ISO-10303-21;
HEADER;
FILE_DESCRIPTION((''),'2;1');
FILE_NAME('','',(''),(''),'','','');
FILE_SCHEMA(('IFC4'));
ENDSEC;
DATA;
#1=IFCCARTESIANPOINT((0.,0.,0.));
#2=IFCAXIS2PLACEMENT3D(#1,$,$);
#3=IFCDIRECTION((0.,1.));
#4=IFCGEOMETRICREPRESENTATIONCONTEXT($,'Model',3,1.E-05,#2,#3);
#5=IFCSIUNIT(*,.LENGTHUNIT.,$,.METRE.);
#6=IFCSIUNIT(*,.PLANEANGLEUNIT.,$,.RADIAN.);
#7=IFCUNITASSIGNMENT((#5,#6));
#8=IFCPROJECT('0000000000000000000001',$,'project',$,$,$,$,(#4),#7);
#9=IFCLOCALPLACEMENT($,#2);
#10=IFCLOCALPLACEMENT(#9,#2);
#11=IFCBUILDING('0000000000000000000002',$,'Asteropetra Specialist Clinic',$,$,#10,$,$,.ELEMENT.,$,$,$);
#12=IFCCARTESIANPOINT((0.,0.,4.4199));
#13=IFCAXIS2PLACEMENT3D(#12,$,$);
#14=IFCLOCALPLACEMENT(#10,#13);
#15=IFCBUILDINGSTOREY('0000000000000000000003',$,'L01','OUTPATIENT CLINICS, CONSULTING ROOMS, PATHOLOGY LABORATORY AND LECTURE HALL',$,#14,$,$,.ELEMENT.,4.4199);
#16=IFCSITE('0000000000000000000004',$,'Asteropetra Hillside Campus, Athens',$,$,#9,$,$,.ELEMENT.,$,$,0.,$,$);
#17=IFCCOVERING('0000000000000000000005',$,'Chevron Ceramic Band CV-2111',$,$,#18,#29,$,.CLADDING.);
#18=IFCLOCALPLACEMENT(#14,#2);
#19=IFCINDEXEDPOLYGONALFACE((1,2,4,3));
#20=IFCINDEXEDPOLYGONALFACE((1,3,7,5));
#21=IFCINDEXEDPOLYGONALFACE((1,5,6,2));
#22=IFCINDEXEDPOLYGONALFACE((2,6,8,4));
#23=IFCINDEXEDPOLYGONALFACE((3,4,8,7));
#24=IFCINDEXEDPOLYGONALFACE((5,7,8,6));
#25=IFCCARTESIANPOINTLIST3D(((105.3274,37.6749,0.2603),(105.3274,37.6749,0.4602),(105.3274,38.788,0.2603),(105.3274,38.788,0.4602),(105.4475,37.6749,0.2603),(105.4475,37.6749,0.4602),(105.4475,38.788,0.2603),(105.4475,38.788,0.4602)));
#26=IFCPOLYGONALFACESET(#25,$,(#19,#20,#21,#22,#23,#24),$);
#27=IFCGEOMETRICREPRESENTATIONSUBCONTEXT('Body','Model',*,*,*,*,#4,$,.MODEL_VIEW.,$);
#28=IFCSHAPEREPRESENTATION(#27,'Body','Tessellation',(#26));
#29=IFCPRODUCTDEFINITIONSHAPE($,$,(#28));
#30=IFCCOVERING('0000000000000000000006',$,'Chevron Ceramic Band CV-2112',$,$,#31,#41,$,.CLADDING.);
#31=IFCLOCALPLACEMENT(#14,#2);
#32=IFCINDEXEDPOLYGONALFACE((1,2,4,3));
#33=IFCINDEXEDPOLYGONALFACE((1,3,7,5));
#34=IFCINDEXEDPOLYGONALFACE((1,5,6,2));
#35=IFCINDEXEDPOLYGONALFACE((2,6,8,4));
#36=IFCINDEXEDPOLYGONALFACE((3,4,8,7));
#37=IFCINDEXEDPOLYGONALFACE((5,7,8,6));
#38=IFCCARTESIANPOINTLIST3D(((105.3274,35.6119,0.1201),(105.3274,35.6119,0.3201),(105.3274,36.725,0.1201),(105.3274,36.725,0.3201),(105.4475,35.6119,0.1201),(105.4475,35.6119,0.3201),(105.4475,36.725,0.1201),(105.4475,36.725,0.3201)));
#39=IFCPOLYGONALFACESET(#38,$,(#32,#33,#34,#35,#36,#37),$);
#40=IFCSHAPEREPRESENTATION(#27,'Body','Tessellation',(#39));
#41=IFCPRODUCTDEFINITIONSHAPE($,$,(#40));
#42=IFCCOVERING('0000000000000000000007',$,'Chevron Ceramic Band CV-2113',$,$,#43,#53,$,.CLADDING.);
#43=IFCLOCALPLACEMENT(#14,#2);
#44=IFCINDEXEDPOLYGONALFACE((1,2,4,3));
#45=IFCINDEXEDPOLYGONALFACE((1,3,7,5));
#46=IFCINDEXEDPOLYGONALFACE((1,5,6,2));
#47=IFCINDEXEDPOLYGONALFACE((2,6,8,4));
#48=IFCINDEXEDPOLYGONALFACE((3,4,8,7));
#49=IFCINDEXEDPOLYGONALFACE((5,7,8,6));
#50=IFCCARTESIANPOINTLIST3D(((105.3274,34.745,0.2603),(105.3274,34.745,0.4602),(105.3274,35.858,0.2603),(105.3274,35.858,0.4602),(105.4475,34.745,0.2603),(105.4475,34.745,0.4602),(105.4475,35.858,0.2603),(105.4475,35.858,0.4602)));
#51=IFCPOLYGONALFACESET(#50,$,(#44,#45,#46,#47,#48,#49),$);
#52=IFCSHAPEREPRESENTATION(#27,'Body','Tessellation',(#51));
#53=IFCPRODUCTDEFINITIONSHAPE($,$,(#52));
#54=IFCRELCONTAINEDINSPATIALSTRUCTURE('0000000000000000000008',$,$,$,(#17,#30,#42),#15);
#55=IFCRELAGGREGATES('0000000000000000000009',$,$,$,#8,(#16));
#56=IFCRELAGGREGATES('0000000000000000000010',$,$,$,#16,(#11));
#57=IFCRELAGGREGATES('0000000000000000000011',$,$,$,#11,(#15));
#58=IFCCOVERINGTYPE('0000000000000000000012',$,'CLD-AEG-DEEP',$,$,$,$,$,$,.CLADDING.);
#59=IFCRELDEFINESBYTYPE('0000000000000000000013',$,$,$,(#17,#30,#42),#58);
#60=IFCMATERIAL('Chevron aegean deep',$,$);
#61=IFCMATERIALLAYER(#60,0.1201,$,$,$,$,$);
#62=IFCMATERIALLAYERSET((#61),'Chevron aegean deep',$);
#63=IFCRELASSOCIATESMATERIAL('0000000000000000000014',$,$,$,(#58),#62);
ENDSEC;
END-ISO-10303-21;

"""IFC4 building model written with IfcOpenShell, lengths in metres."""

from ifc_helpers import new_model, si_unit, direction, frame, origin, origin_2d, place, context, subcontext, project, spatial, rectangle, extrude, material, layer, layer_set, type_object, element, save


model = new_model("IFC4")

# Units and contexts
model_context = context("Model", 3, precision=1e-05, world=origin(), true_north=direction((0.0, 1.0)))
body_context = subcontext(model_context, "Body", "Model", "MODEL_VIEW")
ifc_project = project(units=[si_unit("LENGTHUNIT", "METRE"), si_unit("PLANEANGLEUNIT", "RADIAN")], contexts=[model_context])

# Site, building, storey
site_placement = place(None, origin())
site = spatial("IfcSite", under=ifc_project, at=site_placement, Name="Asteropetra Hillside Campus, Athens", CompositionType="ELEMENT", RefElevation=0.0)
building_placement = place(site_placement, origin())
building = spatial("IfcBuilding", under=site, at=building_placement, Name="Asteropetra Specialist Clinic", CompositionType="ELEMENT")
storey_placement = place(building_placement, frame((0.0, 0.0, 4.4199)))
storey = spatial("IfcBuildingStorey", under=building, at=storey_placement, Name="L01", Description="OUTPATIENT CLINICS, CONSULTING ROOMS, PATHOLOGY LABORATORY AND LECTURE HALL", CompositionType="ELEMENT", Elevation=4.4199)

# Coverings
ifc_material_1 = material(Name="Chevron aegean deep")
ifc_layer_1 = layer(ifc_material_1, 0.1201)
ifc_layer_set_1 = layer_set([ifc_layer_1], Name="Chevron aegean deep")
covering_type = type_object("IfcCoveringType", Name="CLD-AEG-DEEP", PredefinedType="CLADDING", material=ifc_layer_set_1)
for number, where, z_axis, x_axis, name in (
    (1, (105.3875, 38.2314, 0.2603), (0.0, 0.0, 1.0), (1.0, 0.0, 0.0), "Chevron Ceramic Band CV-2111"),
    (2, (105.3875, 36.1685, 0.1201), (0.0, 0.0, 1.0), (1.0, 0.0, 0.0), "Chevron Ceramic Band CV-2112"),
    (3, (105.3875, 35.3015, 0.2603), (0.0, 0.0, 1.0), (1.0, 0.0, 0.0), "Chevron Ceramic Band CV-2113"),
):
    element("IfcCovering", number, at=place(storey_placement, frame(where, z_axis=z_axis, x_axis=x_axis)), inside=storey, type_object=covering_type, Name=name, PredefinedType="CLADDING", context=body_context, shape_type="SweptSolid", body=[
        extrude(rectangle(XDim=0.1201, YDim=1.113, at=origin_2d()), origin(), (0.0, 0.0, 1.0), 0.2),
    ])

save(model, "model.ifc")
